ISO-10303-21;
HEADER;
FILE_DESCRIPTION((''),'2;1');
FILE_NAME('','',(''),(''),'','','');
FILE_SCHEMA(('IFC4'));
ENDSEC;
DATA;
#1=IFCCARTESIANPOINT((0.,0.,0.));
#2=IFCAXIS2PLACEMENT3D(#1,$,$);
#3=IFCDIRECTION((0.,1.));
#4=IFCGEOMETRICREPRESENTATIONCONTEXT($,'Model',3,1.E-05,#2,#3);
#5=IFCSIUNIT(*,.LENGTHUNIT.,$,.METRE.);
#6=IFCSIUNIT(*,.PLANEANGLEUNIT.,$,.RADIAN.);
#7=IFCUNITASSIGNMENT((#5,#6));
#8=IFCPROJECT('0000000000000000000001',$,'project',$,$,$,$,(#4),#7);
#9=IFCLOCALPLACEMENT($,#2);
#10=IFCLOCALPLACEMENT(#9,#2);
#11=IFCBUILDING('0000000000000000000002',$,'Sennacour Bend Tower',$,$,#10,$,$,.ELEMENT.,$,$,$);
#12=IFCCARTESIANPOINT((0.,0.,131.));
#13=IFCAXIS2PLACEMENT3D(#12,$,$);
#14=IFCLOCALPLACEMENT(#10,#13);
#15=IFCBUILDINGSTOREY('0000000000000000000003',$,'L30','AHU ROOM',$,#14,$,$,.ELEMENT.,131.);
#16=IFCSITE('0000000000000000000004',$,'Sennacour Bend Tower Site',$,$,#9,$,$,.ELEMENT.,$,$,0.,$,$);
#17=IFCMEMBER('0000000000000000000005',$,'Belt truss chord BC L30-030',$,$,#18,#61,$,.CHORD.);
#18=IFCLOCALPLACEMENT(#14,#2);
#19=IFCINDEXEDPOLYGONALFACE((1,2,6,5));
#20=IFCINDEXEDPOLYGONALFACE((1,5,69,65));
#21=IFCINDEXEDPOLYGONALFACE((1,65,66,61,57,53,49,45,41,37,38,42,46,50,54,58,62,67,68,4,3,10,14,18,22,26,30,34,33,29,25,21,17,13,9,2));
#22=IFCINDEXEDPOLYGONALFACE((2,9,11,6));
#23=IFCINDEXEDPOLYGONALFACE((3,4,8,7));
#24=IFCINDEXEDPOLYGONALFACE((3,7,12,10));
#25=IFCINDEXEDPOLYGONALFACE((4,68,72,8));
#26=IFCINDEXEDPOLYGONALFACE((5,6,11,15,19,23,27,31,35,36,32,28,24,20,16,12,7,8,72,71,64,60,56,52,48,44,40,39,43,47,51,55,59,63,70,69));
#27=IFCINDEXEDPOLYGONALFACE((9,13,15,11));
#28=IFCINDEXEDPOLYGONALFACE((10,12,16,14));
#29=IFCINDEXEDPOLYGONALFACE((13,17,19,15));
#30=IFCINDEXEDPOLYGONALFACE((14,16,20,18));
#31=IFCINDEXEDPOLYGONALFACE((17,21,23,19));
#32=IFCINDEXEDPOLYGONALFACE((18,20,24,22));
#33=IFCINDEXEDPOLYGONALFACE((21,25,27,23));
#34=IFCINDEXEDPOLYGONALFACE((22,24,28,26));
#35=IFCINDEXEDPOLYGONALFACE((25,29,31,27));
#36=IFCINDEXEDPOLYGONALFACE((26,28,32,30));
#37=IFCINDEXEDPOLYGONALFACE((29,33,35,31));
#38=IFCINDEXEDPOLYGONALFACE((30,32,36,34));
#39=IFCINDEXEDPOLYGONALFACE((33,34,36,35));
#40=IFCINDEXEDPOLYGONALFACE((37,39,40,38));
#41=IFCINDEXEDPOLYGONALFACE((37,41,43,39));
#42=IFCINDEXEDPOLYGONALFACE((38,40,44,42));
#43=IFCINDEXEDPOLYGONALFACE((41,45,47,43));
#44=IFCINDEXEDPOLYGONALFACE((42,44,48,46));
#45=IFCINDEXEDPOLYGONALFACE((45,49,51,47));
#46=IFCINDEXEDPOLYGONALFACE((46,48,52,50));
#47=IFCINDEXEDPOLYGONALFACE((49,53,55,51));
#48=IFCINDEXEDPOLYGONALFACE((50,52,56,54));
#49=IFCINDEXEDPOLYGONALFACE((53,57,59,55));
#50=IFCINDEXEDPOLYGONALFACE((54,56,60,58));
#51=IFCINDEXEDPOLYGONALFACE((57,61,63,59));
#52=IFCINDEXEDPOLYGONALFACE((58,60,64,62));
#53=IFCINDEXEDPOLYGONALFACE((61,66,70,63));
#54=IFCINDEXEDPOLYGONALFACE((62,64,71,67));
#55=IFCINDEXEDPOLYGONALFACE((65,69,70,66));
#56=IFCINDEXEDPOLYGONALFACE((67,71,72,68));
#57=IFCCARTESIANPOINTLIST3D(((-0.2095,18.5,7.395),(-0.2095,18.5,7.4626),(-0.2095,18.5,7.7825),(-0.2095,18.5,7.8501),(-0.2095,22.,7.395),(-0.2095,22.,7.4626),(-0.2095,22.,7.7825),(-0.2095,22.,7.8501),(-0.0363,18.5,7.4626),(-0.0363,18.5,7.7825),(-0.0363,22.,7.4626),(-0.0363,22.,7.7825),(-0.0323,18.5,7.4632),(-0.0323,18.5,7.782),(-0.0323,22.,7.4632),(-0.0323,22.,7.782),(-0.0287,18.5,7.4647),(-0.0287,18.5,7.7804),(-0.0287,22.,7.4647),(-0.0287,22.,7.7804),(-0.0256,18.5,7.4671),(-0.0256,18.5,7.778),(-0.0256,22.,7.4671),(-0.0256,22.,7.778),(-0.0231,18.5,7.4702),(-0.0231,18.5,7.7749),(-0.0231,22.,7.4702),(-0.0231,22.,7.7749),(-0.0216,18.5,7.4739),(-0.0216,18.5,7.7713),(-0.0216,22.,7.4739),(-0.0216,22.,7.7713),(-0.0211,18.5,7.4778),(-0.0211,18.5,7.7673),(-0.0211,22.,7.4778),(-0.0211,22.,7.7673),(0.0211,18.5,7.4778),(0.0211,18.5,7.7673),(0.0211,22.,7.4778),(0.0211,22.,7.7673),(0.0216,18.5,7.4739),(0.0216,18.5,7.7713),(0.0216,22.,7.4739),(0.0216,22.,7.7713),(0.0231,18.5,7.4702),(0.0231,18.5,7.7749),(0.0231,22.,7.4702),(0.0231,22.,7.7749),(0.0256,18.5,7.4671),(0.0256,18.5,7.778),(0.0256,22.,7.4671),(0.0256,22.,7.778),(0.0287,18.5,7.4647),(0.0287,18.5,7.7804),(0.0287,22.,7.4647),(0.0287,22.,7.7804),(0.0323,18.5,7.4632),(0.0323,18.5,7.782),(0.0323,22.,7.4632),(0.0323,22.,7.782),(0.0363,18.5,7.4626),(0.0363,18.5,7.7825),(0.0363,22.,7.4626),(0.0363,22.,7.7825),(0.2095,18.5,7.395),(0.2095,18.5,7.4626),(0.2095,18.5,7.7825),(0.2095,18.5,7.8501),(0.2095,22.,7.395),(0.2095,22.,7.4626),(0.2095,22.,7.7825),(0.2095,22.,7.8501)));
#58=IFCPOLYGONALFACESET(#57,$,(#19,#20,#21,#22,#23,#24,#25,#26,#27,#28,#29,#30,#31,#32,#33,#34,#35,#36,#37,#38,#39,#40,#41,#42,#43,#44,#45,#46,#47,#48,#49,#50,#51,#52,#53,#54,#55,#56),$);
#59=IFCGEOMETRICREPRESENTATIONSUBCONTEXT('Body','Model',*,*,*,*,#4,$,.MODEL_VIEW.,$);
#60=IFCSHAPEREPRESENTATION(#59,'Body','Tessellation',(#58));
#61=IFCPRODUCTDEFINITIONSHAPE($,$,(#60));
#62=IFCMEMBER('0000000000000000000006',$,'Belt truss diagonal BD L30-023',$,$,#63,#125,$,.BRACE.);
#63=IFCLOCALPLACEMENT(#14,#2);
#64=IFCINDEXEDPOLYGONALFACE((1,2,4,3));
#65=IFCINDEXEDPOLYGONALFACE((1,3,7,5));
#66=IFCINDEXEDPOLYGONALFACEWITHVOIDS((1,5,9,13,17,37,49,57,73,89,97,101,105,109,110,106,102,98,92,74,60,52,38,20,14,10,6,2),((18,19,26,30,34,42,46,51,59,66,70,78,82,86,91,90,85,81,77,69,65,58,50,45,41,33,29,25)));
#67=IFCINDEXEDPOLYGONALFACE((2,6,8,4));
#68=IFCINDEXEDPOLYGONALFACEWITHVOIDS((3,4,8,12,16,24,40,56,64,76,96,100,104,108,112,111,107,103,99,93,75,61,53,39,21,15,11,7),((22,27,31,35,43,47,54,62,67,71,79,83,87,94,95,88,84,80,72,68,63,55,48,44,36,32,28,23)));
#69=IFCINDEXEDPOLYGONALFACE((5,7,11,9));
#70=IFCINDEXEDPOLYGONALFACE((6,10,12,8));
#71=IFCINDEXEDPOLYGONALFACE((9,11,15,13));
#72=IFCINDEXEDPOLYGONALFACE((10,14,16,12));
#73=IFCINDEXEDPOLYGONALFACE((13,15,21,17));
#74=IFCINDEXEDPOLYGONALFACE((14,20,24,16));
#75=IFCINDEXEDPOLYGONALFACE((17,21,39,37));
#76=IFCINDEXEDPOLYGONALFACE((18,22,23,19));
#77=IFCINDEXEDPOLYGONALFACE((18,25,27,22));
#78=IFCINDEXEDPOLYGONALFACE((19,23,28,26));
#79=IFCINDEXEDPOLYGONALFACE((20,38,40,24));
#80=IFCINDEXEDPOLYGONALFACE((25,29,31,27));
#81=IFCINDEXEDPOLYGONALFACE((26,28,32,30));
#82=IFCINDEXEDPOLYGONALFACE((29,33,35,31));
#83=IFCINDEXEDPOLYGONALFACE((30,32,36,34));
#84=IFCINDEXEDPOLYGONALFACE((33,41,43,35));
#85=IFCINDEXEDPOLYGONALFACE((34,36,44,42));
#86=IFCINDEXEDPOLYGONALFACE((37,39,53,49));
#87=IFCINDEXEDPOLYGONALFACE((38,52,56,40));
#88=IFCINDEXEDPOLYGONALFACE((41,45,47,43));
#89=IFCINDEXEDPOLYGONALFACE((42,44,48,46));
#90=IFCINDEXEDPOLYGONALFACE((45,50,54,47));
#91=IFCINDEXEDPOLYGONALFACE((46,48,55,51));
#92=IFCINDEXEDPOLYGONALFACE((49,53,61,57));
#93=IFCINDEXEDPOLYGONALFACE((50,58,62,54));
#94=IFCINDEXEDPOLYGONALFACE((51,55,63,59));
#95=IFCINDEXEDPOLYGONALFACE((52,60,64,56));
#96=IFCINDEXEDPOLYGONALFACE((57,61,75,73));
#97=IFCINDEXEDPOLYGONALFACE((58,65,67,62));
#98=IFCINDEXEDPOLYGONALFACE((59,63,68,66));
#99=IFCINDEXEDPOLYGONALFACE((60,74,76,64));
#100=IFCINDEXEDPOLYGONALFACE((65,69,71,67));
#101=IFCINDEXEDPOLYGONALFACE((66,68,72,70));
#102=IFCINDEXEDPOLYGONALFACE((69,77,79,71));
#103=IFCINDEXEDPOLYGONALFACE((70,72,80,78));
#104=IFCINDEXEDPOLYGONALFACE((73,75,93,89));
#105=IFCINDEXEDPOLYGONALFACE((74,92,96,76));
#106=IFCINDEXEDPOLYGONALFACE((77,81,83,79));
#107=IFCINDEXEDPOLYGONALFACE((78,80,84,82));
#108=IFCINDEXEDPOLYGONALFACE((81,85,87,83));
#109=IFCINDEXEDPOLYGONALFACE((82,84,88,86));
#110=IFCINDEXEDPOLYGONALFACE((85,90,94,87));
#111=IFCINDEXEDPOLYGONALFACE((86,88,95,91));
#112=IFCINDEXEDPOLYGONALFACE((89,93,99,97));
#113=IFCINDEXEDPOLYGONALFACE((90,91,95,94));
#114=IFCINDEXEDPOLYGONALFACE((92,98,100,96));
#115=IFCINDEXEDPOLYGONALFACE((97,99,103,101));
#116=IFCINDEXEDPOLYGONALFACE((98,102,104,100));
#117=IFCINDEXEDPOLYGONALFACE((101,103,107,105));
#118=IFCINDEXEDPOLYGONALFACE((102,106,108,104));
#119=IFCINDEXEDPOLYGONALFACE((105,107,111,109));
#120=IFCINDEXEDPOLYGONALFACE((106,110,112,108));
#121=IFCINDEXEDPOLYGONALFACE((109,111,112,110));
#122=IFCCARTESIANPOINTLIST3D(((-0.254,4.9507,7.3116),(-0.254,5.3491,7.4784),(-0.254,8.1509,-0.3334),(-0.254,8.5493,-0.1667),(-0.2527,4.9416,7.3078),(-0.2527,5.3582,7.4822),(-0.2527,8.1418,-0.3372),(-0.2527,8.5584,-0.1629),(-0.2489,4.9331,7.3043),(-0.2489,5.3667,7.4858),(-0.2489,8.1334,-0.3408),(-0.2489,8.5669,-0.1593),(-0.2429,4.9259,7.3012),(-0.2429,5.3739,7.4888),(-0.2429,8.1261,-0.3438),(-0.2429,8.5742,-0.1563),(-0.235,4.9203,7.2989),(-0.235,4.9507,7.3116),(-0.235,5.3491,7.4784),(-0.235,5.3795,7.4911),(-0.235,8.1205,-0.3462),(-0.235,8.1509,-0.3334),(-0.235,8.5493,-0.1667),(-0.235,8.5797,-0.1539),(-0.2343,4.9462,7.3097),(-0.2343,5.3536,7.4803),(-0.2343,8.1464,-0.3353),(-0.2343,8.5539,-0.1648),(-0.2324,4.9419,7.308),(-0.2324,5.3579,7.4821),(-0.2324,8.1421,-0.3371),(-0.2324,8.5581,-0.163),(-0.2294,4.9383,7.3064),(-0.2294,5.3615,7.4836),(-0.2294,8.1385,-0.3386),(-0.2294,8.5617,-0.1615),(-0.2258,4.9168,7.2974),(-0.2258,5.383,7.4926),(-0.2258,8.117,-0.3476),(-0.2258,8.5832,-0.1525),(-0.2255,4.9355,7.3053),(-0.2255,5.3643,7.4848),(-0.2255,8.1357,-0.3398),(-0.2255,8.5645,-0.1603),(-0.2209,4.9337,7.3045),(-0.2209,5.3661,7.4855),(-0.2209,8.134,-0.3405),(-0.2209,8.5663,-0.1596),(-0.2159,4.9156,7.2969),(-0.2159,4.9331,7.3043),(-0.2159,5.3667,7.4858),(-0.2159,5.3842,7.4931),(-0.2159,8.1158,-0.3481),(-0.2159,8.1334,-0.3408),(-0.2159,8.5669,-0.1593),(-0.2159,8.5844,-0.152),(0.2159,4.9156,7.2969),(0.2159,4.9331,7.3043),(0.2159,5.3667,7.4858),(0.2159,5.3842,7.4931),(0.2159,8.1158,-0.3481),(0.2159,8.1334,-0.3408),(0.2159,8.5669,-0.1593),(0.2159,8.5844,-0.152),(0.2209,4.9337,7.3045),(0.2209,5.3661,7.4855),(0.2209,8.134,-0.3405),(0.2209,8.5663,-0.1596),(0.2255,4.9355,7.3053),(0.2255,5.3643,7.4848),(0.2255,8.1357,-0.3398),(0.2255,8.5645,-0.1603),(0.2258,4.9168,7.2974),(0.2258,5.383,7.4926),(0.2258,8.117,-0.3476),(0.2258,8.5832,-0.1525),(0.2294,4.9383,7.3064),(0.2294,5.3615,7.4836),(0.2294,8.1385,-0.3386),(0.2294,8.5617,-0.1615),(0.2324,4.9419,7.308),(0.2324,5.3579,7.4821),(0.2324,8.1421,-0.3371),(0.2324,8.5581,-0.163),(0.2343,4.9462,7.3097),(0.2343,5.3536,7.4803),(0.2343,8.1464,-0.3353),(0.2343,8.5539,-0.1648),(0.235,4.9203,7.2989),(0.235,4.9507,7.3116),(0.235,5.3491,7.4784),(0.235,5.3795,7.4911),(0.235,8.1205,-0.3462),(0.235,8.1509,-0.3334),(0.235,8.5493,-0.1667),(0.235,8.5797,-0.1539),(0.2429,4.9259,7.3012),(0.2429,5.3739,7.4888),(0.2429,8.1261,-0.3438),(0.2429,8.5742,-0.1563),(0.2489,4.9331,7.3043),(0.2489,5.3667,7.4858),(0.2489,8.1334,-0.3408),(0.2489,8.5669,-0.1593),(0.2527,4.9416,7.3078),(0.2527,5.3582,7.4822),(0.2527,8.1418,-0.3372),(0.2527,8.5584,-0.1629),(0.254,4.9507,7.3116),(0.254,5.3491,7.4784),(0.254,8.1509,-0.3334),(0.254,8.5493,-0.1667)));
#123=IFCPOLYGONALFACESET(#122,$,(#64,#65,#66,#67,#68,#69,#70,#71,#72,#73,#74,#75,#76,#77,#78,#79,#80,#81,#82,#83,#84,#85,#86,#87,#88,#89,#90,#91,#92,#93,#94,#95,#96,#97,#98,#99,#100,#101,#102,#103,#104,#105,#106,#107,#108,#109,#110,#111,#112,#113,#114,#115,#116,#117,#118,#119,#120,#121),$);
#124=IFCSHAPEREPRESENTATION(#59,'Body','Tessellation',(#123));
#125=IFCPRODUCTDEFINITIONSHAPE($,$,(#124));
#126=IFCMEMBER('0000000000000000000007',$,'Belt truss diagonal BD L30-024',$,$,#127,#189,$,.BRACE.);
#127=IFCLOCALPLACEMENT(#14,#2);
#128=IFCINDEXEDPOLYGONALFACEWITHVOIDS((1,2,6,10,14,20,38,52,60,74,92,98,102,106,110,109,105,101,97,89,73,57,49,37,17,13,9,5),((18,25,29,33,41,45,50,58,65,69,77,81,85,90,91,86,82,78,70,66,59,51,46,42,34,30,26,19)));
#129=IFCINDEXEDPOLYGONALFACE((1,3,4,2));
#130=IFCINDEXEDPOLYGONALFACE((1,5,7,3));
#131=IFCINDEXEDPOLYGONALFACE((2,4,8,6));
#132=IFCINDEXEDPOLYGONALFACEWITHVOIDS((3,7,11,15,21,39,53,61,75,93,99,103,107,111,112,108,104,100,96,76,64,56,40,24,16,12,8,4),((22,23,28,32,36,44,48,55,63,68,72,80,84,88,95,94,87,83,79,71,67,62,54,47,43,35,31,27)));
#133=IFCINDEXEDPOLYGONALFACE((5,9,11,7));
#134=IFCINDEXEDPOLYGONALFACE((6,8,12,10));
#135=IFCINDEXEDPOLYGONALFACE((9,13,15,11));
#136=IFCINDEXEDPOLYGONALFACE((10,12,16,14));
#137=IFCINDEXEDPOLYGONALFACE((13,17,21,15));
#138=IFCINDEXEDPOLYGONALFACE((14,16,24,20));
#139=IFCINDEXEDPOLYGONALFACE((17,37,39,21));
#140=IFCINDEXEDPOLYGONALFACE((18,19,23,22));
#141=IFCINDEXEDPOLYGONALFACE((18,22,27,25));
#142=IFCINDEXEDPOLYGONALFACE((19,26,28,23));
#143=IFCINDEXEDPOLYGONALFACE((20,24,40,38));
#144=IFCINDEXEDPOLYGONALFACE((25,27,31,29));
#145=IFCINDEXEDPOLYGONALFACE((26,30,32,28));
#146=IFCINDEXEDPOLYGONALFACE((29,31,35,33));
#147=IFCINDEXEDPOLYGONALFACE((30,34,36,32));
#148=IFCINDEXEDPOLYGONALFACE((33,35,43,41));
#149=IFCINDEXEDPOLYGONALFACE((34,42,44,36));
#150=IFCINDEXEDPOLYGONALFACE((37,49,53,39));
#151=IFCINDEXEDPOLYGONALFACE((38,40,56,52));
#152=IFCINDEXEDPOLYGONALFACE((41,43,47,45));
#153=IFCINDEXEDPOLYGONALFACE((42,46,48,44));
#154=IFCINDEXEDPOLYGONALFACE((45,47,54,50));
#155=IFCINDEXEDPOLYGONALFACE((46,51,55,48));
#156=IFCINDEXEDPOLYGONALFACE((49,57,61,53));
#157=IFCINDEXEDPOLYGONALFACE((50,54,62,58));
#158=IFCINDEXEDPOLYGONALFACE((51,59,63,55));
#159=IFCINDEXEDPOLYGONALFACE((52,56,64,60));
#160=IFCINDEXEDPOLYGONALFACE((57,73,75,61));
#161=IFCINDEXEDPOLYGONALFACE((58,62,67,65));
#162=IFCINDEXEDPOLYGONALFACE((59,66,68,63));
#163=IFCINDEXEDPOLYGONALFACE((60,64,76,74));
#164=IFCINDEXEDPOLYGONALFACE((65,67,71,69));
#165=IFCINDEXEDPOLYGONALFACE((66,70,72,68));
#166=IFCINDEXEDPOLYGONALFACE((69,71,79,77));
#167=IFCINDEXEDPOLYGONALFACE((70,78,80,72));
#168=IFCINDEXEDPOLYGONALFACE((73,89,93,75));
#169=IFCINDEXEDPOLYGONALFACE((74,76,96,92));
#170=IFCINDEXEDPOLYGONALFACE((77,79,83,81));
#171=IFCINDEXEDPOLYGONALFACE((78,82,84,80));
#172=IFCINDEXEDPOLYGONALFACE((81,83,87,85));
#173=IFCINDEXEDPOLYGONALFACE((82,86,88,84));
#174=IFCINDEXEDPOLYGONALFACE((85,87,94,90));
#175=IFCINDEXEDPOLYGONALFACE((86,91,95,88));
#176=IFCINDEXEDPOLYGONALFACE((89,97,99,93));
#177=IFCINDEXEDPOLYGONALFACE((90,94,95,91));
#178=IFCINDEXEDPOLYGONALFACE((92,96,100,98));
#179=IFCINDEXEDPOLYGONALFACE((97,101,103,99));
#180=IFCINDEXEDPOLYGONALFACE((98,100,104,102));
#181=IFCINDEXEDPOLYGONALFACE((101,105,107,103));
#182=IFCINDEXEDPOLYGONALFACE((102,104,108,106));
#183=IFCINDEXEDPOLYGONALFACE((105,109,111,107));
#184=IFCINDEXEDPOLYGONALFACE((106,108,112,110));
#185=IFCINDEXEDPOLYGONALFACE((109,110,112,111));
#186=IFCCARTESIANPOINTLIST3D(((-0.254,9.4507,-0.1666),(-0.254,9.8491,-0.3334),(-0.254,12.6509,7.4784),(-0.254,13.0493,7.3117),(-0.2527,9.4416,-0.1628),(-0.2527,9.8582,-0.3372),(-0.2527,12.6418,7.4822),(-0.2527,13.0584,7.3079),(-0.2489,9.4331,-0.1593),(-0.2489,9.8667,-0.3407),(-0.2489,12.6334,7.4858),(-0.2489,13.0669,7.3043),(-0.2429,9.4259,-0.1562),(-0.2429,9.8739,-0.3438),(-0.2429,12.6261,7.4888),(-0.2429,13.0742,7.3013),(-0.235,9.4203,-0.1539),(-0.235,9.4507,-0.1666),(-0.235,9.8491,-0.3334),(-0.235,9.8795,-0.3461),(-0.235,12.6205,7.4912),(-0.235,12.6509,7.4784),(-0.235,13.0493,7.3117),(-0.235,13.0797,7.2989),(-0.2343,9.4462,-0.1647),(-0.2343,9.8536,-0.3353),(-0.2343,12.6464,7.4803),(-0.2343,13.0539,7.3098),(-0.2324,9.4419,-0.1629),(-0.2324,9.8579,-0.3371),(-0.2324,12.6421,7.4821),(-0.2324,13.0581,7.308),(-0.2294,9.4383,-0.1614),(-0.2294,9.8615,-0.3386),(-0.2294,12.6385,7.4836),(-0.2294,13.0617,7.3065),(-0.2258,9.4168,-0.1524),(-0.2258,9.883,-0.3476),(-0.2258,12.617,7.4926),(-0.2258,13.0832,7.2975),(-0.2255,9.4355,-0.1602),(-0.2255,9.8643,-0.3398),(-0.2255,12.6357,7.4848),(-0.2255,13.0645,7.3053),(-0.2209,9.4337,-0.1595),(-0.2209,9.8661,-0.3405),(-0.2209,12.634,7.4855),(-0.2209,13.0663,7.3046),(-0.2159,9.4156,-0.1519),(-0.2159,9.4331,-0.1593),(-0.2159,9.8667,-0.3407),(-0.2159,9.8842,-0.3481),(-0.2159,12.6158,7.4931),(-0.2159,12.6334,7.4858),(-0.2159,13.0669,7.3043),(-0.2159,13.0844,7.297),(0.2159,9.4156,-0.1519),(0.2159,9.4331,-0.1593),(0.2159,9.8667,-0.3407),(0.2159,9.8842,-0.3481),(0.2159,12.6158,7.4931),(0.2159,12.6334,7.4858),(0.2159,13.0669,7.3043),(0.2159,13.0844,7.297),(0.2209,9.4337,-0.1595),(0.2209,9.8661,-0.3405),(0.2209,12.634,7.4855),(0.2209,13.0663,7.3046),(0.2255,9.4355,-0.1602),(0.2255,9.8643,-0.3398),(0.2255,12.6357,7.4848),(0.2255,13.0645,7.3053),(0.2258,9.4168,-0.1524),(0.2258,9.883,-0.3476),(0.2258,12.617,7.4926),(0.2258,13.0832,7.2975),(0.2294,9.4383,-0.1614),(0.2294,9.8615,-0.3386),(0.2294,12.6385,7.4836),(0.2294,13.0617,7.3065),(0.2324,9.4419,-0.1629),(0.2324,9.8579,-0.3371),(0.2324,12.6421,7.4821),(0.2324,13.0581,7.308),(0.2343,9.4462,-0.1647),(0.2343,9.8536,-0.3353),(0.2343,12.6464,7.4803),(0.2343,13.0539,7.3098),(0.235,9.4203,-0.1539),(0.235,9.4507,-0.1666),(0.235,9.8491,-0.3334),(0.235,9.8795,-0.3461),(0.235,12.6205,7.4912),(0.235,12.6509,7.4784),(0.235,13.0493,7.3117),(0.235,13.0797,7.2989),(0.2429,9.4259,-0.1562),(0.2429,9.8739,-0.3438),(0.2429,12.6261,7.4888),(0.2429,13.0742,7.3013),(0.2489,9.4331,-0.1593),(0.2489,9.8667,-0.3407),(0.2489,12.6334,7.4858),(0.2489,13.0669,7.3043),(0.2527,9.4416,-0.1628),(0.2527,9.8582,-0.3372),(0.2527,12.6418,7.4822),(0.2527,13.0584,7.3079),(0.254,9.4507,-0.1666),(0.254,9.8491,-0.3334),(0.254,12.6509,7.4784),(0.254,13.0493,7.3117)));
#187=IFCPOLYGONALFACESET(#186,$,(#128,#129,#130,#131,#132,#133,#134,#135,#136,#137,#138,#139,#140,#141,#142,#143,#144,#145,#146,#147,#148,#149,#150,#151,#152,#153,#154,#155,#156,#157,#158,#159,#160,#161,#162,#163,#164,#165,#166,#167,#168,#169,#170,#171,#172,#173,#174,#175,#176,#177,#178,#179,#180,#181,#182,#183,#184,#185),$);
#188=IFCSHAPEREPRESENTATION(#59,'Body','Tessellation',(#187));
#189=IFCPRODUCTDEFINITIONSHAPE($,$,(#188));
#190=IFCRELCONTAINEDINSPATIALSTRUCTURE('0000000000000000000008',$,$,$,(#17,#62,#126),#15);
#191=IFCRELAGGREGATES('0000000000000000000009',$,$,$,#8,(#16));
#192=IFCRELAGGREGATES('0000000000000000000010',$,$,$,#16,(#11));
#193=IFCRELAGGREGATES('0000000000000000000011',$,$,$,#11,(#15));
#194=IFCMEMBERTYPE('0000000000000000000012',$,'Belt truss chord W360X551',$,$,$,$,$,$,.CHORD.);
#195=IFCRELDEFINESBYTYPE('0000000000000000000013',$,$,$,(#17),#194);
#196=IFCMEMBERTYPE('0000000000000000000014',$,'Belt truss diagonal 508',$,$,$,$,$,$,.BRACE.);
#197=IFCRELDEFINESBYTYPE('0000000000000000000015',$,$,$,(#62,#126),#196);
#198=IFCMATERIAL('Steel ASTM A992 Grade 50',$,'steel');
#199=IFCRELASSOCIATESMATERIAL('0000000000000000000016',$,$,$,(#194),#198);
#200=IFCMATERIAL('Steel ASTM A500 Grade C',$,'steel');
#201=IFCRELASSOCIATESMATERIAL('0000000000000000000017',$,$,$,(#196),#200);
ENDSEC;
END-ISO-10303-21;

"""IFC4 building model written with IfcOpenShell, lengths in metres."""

from ifc_helpers import new_model, si_unit, direction, frame, origin, origin_2d, place, context, subcontext, project, spatial, hollow_rectangle, i_section, extrude, material, material_profile, profile_set, type_object, element, save


model = new_model("IFC4")

# Units and contexts
model_context = context("Model", 3, precision=1e-05, world=origin(), true_north=direction((0.0, 1.0)))
body_context = subcontext(model_context, "Body", "Model", "MODEL_VIEW")
ifc_project = project(units=[si_unit("LENGTHUNIT", "METRE"), si_unit("PLANEANGLEUNIT", "RADIAN")], contexts=[model_context])

# Site, building, storey
site_placement = place(None, origin())
site = spatial("IfcSite", under=ifc_project, at=site_placement, Name="Sennacour Bend Tower Site", CompositionType="ELEMENT", RefElevation=0.0)
building_placement = place(site_placement, origin())
building = spatial("IfcBuilding", under=site, at=building_placement, Name="Sennacour Bend Tower", CompositionType="ELEMENT")
storey_placement = place(building_placement, frame((0.0, 0.0, 131.0)))
storey = spatial("IfcBuildingStorey", under=building, at=storey_placement, Name="L30", Description="AHU ROOM", CompositionType="ELEMENT", Elevation=131.0)

# Members
ifc_material_1 = material(Name="Steel ASTM A992 Grade 50", Category="steel")
ifc_material_profile_1 = material_profile(ifc_material_1, i_section(OverallWidth=0.4189, OverallDepth=0.4551, WebThickness=0.0422, FlangeThickness=0.0676, FilletRadius=0.0151, at=origin_2d()), Name="Steel ASTM A992 Grade 50", Category="steel")
ifc_profile_set_1 = profile_set([ifc_material_profile_1], Name="Steel ASTM A992 Grade 50")
member_type_1 = type_object("IfcMemberType", Name="Belt truss chord W360X551", PredefinedType="CHORD", material=ifc_profile_set_1)
for number, where, z_axis, x_axis, name in (
    (1, (0.0, 18.5, 7.6226), (0.0, 1.0, 0.0), (-1.0, 0.0, 0.0), "Belt truss chord BC L30-030"),
):
    element("IfcMember", number, at=place(storey_placement, frame(where, z_axis=z_axis, x_axis=x_axis)), inside=storey, type_object=member_type_1, Name=name, PredefinedType="CHORD", context=body_context, shape_type="SweptSolid", body=[
        extrude(i_section(OverallWidth=0.4189, OverallDepth=0.4551, WebThickness=0.0422, FlangeThickness=0.0676, FilletRadius=0.0151, at=origin_2d()), origin(), (0.0, 0.0, 1.0), 3.5),
    ])
ifc_material_2 = material(Name="Steel ASTM A500 Grade C", Category="steel")
ifc_material_profile_2 = material_profile(ifc_material_2, hollow_rectangle(XDim=0.5081, YDim=0.5081, WallThickness=0.019, InnerFilletRadius=0.019, OuterFilletRadius=0.0381, at=origin_2d()), Name="Steel ASTM A500 Grade C", Category="steel")
ifc_profile_set_2 = profile_set([ifc_material_profile_2], Name="Steel ASTM A500 Grade C")
member_type_2 = type_object("IfcMemberType", Name="Belt truss diagonal 508", PredefinedType="BRACE", material=ifc_profile_set_2)
for number, where, z_axis, x_axis, name in (
    (2, (0.0, 5.1499, 7.395), (0.0, 0.386133, -0.922443), (-1.0, 0.0, 0.0), "Belt truss diagonal BD L30-023"),
    (3, (0.0, 9.6499, -0.25), (0.0, 0.386133, 0.922443), (-1.0, 0.0, 0.0), "Belt truss diagonal BD L30-024"),
):
    element("IfcMember", number, at=place(storey_placement, frame(where, z_axis=z_axis, x_axis=x_axis)), inside=storey, type_object=member_type_2, Name=name, PredefinedType="BRACE", context=body_context, shape_type="SweptSolid", body=[
        extrude(hollow_rectangle(XDim=0.5081, YDim=0.5081, WallThickness=0.019, InnerFilletRadius=0.019, OuterFilletRadius=0.0381, at=origin_2d()), origin(), (0.0, 0.0, 1.0), 8.2878),
    ])

save(model, "model.ifc")
